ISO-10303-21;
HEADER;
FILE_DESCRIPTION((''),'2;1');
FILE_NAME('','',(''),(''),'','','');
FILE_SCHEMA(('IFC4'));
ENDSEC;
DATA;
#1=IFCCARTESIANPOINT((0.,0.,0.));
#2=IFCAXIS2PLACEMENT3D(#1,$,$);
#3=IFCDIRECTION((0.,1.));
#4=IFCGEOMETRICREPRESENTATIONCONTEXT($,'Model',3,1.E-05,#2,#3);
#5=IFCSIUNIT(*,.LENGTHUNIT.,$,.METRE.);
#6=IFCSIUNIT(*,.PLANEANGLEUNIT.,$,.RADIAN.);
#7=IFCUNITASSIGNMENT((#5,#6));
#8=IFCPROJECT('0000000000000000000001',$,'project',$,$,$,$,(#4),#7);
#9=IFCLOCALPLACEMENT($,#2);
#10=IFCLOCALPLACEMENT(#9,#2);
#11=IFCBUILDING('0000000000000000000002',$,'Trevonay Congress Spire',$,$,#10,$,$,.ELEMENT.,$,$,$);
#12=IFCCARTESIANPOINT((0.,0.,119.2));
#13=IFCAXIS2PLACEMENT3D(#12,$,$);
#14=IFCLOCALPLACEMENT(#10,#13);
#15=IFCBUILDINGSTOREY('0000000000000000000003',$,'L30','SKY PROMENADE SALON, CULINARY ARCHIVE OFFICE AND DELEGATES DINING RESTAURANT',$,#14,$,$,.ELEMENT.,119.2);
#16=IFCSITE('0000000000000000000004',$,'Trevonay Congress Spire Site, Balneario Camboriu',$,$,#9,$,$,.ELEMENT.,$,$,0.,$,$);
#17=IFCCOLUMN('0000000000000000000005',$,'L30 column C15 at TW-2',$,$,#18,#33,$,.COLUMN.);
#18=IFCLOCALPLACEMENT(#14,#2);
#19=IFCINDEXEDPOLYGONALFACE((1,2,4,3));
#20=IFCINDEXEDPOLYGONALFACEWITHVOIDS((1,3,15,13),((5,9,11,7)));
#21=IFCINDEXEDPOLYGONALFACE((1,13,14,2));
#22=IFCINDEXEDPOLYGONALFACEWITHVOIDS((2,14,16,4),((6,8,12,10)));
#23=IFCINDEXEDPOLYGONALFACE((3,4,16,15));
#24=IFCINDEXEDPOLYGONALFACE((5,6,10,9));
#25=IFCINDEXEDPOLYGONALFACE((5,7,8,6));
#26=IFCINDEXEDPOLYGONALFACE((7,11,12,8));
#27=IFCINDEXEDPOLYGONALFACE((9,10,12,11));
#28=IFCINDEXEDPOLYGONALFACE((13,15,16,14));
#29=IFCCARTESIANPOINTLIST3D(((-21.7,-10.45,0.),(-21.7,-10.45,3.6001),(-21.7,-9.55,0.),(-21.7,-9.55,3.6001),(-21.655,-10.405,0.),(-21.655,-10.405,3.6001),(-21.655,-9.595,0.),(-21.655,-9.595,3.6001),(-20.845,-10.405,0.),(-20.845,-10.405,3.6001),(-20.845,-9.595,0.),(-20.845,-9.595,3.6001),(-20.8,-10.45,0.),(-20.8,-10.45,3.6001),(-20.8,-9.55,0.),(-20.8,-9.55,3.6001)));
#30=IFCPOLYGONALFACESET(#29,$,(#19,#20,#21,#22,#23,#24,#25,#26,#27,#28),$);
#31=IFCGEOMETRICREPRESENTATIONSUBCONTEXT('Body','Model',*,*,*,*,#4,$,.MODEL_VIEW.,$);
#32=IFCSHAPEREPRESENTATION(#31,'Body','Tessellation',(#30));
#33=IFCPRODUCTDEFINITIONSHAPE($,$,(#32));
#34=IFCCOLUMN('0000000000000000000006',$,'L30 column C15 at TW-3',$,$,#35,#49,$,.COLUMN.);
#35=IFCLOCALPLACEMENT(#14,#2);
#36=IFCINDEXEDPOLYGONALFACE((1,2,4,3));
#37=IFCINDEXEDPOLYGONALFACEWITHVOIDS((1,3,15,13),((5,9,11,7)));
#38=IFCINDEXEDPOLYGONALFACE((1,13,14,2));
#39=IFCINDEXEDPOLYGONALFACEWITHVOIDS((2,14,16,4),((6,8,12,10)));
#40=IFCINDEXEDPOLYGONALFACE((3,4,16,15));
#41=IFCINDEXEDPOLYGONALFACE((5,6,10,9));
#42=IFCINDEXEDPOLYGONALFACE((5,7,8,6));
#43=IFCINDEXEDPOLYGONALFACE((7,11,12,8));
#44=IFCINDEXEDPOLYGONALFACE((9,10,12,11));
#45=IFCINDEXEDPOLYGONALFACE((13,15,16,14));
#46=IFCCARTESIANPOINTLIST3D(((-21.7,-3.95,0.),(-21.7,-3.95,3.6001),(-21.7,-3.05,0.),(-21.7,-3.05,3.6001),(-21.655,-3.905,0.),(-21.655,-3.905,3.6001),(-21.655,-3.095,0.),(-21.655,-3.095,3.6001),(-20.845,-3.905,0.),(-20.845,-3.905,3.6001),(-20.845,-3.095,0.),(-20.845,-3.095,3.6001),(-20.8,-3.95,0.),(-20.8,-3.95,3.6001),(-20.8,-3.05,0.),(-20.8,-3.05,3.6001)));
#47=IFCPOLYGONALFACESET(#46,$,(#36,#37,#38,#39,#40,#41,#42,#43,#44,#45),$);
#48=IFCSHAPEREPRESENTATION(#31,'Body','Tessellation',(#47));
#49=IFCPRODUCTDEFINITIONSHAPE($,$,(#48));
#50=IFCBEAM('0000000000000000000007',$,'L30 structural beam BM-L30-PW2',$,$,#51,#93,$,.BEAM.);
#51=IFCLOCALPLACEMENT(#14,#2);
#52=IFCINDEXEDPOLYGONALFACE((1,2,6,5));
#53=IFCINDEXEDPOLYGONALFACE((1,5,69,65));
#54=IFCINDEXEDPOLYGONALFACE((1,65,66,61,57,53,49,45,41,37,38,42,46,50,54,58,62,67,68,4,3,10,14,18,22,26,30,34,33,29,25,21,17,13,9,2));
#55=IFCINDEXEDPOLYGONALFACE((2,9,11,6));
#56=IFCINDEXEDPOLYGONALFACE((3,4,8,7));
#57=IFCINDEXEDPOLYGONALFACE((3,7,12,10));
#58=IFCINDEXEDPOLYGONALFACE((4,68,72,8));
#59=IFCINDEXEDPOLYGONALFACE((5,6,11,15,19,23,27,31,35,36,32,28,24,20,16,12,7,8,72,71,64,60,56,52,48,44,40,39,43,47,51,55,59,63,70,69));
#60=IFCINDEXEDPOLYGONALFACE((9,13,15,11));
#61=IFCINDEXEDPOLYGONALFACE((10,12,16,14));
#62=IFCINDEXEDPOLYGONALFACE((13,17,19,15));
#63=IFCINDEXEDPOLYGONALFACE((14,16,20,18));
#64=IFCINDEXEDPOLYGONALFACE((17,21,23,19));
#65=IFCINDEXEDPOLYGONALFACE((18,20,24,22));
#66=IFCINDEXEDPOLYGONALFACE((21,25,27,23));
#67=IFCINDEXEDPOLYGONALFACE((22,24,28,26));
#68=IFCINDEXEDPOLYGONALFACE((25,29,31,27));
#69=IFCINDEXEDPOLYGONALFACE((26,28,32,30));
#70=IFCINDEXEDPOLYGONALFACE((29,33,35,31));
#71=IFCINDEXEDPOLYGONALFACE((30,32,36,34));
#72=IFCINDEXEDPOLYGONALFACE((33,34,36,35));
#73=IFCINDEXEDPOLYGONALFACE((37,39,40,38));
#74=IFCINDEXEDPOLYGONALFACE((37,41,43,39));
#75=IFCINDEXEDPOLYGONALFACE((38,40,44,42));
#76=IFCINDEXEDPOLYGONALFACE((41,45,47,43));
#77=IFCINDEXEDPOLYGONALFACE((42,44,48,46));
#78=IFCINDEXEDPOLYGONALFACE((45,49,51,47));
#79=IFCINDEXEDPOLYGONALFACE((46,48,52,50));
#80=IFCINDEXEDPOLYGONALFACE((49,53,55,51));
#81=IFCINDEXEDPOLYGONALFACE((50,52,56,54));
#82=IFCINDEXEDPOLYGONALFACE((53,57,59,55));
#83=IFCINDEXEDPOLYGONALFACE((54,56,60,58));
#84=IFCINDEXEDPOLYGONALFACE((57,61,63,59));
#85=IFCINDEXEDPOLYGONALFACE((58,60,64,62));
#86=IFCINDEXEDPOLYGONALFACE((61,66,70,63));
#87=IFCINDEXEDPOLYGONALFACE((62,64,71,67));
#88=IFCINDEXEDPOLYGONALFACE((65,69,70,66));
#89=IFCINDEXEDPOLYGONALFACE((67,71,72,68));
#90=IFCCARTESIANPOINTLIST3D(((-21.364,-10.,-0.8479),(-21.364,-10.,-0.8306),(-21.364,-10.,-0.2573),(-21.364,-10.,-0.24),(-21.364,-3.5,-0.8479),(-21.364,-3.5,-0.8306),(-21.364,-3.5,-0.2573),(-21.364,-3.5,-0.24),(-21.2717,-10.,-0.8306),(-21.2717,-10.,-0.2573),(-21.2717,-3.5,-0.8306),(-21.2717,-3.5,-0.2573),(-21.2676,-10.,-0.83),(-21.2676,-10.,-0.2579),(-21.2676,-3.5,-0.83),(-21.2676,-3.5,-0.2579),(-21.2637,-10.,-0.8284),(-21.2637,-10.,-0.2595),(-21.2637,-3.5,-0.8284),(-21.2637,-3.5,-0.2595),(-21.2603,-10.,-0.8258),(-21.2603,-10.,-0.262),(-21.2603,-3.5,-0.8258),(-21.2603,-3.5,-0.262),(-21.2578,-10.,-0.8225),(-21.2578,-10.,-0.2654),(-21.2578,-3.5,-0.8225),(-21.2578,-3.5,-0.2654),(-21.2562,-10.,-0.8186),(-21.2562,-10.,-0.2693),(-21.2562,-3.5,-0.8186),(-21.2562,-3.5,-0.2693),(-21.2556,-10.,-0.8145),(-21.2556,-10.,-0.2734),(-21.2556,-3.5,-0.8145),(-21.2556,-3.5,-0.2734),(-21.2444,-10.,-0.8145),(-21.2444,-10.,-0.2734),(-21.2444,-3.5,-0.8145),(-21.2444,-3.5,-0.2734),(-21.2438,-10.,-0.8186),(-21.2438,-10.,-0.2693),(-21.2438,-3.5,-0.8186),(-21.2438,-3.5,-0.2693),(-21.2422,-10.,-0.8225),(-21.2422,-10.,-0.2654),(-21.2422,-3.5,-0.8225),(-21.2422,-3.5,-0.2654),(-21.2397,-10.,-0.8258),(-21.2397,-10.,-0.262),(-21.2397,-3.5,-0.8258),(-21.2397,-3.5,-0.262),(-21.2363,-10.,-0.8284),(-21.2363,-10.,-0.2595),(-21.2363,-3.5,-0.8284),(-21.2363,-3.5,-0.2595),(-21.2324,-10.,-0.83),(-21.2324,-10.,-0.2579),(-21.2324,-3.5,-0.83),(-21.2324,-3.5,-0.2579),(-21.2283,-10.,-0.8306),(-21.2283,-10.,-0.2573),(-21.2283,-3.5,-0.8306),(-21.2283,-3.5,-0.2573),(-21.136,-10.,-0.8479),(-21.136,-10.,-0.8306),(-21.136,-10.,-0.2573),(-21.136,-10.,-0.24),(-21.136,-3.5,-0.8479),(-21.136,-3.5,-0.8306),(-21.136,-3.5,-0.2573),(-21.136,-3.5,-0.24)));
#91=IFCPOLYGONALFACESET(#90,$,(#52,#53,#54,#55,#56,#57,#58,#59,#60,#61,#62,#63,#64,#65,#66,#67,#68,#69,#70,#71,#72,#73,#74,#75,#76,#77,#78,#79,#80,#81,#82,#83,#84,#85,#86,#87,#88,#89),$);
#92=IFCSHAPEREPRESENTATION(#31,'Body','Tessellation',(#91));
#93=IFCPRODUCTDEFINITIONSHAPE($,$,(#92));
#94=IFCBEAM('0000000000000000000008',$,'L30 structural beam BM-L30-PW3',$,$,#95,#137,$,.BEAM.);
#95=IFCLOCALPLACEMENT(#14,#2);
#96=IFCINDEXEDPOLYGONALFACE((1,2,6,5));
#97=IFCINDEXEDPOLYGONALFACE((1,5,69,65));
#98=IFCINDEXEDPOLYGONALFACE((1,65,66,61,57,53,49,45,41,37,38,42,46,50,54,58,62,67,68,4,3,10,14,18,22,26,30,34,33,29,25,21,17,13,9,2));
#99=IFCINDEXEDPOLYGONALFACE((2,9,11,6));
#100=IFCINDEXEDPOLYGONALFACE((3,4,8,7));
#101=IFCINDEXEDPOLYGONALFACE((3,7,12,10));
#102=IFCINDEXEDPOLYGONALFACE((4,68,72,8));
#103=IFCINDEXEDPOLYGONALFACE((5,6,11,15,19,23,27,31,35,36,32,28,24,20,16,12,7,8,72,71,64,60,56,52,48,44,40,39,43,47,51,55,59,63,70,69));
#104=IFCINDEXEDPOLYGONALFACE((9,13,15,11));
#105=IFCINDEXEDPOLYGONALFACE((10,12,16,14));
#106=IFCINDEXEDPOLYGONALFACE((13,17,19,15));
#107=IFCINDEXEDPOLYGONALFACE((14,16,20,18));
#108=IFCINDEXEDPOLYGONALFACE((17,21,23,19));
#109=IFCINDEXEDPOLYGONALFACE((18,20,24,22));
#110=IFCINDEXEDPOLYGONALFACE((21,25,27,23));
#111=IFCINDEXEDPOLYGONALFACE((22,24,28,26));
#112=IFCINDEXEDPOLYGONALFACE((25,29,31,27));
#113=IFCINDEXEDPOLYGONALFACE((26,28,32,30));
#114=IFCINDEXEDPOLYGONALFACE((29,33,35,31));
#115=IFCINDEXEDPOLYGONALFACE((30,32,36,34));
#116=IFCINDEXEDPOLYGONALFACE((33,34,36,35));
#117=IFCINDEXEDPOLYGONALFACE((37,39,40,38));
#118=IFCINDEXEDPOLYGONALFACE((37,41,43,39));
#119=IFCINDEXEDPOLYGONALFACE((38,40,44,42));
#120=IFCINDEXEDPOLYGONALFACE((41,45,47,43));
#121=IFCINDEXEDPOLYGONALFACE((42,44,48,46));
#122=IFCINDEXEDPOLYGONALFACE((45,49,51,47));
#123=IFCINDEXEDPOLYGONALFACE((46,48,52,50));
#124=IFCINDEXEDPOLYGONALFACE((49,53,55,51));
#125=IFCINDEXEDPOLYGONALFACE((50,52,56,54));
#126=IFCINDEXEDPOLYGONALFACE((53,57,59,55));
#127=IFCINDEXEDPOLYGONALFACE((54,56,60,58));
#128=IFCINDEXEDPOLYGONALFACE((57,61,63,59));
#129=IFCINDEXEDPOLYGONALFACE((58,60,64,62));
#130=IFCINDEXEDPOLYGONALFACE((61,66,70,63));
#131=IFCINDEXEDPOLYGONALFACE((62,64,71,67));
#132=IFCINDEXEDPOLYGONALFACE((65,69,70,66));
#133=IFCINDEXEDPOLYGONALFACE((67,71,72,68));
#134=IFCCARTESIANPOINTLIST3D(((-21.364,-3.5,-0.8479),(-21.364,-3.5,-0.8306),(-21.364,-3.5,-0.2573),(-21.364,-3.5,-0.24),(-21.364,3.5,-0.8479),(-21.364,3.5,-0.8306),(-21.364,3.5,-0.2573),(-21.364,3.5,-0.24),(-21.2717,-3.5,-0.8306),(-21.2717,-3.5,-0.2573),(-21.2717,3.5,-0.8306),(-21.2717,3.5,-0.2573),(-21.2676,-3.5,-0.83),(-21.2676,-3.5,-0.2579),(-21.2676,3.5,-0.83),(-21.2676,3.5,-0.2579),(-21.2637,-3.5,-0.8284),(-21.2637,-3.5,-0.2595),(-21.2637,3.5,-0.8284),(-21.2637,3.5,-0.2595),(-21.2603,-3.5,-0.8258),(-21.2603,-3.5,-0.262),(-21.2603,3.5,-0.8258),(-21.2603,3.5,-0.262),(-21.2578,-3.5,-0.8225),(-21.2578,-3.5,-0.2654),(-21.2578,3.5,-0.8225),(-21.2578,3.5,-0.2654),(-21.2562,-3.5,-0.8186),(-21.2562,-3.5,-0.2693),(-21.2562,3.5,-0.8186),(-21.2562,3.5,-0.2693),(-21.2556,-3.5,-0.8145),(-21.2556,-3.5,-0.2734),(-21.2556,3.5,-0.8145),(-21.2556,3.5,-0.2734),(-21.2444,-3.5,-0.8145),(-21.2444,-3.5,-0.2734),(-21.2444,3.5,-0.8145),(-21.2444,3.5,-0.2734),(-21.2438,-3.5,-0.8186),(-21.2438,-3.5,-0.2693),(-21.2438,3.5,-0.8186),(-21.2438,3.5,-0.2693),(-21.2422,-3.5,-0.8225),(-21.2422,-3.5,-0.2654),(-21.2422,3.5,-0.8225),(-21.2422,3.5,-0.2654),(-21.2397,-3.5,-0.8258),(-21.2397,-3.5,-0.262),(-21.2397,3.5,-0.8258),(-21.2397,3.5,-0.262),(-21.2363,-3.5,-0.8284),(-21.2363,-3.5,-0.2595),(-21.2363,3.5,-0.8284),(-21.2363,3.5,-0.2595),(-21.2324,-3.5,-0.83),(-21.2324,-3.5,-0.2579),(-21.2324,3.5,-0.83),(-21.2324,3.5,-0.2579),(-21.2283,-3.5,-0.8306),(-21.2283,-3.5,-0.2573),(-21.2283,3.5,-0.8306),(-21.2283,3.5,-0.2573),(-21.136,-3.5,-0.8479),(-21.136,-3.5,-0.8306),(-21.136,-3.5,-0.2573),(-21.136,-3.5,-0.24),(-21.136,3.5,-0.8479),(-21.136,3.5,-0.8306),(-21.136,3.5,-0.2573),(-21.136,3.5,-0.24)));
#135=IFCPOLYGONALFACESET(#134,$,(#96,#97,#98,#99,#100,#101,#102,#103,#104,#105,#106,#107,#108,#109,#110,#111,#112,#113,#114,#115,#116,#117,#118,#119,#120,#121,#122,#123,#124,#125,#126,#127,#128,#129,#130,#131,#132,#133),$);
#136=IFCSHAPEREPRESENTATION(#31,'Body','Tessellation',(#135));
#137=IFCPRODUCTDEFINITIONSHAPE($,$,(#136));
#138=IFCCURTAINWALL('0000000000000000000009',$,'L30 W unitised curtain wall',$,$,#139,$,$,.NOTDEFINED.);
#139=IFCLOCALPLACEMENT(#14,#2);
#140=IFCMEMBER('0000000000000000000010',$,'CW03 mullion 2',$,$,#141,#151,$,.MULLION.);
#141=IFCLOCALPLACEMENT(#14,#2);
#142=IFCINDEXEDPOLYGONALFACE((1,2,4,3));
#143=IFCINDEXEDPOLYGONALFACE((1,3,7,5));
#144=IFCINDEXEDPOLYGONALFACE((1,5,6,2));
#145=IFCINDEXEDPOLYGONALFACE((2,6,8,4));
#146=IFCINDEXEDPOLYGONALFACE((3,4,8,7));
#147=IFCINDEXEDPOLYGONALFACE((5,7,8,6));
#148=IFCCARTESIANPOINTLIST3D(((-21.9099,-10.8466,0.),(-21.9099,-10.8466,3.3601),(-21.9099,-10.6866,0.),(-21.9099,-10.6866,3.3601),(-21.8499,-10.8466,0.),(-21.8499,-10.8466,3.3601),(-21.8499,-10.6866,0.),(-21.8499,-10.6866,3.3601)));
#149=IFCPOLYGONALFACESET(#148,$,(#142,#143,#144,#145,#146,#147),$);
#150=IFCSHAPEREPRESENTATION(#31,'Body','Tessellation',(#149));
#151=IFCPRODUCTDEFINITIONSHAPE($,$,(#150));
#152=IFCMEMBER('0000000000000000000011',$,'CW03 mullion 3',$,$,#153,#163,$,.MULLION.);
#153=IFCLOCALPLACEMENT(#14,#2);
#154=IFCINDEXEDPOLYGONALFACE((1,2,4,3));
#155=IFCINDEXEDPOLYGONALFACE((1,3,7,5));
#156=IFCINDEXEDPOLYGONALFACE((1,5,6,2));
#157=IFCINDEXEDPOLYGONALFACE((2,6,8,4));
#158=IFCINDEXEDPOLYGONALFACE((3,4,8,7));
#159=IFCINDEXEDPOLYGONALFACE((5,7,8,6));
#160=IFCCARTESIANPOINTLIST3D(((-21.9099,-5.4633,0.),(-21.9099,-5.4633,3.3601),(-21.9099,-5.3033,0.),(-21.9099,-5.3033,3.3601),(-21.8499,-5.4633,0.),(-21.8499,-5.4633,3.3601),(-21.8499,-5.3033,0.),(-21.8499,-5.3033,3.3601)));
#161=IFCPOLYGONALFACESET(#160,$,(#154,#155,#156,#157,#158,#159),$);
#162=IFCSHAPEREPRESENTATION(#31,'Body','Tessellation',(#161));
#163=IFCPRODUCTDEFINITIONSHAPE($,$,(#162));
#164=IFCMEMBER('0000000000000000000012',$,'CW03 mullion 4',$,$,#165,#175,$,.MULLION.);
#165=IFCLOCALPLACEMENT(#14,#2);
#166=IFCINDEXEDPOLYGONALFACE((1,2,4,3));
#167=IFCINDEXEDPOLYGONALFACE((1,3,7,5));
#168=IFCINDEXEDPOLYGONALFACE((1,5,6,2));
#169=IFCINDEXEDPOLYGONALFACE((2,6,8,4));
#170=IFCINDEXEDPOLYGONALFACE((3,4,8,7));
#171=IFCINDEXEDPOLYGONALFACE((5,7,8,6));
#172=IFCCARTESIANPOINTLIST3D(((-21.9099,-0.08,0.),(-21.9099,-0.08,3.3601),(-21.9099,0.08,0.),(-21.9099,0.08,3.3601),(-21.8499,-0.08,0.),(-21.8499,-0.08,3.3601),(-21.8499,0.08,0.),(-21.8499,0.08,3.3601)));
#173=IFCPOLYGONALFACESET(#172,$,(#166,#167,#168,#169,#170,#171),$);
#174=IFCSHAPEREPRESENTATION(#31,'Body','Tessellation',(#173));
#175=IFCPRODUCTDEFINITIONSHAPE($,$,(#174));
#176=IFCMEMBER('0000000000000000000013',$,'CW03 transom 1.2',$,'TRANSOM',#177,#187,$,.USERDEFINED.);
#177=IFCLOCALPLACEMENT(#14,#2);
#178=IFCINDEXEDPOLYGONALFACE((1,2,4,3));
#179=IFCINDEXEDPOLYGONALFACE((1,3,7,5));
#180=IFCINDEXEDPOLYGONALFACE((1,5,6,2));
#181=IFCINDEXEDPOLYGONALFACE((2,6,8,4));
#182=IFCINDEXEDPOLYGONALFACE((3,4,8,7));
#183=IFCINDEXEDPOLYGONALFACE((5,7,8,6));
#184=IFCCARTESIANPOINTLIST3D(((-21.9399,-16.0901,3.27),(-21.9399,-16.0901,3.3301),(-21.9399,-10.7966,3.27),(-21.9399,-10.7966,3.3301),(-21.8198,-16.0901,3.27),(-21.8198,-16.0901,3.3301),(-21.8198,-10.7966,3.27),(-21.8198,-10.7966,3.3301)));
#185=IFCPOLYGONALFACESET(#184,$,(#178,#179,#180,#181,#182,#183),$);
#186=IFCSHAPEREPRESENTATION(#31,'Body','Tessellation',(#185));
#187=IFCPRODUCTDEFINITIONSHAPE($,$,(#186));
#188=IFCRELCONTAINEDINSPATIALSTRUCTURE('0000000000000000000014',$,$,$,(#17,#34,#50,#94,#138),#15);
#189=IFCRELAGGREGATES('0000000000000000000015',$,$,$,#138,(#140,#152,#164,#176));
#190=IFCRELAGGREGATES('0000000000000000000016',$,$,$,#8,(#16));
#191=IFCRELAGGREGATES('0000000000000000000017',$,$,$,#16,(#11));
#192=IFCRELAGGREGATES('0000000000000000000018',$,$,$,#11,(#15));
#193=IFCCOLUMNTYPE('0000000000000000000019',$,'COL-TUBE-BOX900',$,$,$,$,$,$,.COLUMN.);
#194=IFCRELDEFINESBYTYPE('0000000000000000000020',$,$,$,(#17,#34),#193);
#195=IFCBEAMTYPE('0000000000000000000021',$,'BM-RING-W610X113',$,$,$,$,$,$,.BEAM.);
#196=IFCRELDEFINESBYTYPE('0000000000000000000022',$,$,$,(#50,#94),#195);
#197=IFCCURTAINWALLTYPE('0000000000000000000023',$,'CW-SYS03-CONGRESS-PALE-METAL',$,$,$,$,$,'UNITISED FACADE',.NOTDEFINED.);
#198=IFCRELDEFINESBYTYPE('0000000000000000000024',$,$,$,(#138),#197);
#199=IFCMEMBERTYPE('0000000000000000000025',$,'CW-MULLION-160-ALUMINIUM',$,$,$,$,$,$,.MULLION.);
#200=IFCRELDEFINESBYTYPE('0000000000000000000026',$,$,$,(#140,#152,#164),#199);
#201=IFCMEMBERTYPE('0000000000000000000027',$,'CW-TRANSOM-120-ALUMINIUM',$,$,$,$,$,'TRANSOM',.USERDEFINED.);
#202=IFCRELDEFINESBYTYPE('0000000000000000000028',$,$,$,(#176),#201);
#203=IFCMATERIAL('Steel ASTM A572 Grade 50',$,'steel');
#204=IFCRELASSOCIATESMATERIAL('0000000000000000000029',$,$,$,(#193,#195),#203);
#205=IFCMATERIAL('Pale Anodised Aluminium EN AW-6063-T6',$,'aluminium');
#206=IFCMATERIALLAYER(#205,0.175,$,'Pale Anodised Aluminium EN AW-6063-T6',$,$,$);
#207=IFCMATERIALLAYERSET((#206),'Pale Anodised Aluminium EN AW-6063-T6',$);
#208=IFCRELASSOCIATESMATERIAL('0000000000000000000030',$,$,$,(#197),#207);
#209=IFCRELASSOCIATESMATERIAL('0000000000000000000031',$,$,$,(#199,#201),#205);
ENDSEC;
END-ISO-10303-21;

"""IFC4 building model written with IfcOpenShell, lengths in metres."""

from ifc_helpers import new_model, si_unit, direction, frame, origin, origin_2d, place, context, subcontext, project, spatial, rectangle, hollow_rectangle, i_section, extrude, material, layer, layer_set, material_profile, profile_set, type_object, element, aggregate, save


model = new_model("IFC4")

# Units and contexts
model_context = context("Model", 3, precision=1e-05, world=origin(), true_north=direction((0.0, 1.0)))
body_context = subcontext(model_context, "Body", "Model", "MODEL_VIEW")
ifc_project = project(units=[si_unit("LENGTHUNIT", "METRE"), si_unit("PLANEANGLEUNIT", "RADIAN")], contexts=[model_context])

# Site, building, storey
site_placement = place(None, origin())
site = spatial("IfcSite", under=ifc_project, at=site_placement, Name="Trevonay Congress Spire Site, Balneario Camboriu", CompositionType="ELEMENT", RefElevation=0.0)
building_placement = place(site_placement, origin())
building = spatial("IfcBuilding", under=site, at=building_placement, Name="Trevonay Congress Spire", CompositionType="ELEMENT")
storey_placement = place(building_placement, frame((0.0, 0.0, 119.2)))
storey = spatial("IfcBuildingStorey", under=building, at=storey_placement, Name="L30", Description="SKY PROMENADE SALON, CULINARY ARCHIVE OFFICE AND DELEGATES DINING RESTAURANT", CompositionType="ELEMENT", Elevation=119.2)

# Columns
ifc_material_1 = material(Name="Steel ASTM A572 Grade 50", Category="steel")
ifc_material_profile_1 = material_profile(ifc_material_1, hollow_rectangle(XDim=0.8999, YDim=0.8999, WallThickness=0.0449, at=origin_2d()), Name="BOX 900x900x45")
ifc_profile_set_1 = profile_set([ifc_material_profile_1], Name="Steel ASTM A572 Grade 50")
column_type = type_object("IfcColumnType", Name="COL-TUBE-BOX900", PredefinedType="COLUMN", material=ifc_profile_set_1)
for number, where, z_axis, x_axis, name in (
    (1, (-21.25, -10.0, 0.0), (0.0, 0.0, 1.0), (1.0, 0.0, 0.0), "L30 column C15 at TW-2"),
    (2, (-21.25, -3.5, 0.0), (0.0, 0.0, 1.0), (1.0, 0.0, 0.0), "L30 column C15 at TW-3"),
):
    element("IfcColumn", number, at=place(storey_placement, frame(where, z_axis=z_axis, x_axis=x_axis)), inside=storey, type_object=column_type, Name=name, PredefinedType="COLUMN", context=body_context, shape_type="SweptSolid", body=[
        extrude(hollow_rectangle(XDim=0.8999, YDim=0.8999, WallThickness=0.0449, at=origin_2d()), origin(), (0.0, 0.0, 1.0), 3.6001),
    ])

# Beams
ifc_material_profile_2 = material_profile(ifc_material_1, i_section(OverallWidth=0.228, OverallDepth=0.6079, WebThickness=0.0112, FlangeThickness=0.0173, FilletRadius=0.0161, at=origin_2d()), Name="W610x113")
ifc_profile_set_2 = profile_set([ifc_material_profile_2], Name="Steel ASTM A572 Grade 50")
beam_type_1 = type_object("IfcBeamType", Name="BM-RING-W610X113", PredefinedType="BEAM", material=ifc_profile_set_2)
beam_1_placement = place(storey_placement, frame((-21.25, -10.0, -0.5439), z_axis=(0.0, 1.0, 0.0), x_axis=(-1.0, 0.0, 0.0)))
element("IfcBeam", 3, at=beam_1_placement, inside=storey, type_object=beam_type_1, Name="L30 structural beam BM-L30-PW2", PredefinedType="BEAM", context=body_context, shape_type="SweptSolid", body=[
    extrude(i_section(OverallWidth=0.228, OverallDepth=0.6079, WebThickness=0.0112, FlangeThickness=0.0173, FilletRadius=0.0161, at=origin_2d()), origin(), (0.0, 0.0, 1.0), 6.5),
])
beam_2_placement = place(storey_placement, frame((-21.25, -3.5, -0.5439), z_axis=(0.0, 1.0, 0.0), x_axis=(-1.0, 0.0, 0.0)))
element("IfcBeam", 4, at=beam_2_placement, inside=storey, type_object=beam_type_1, Name="L30 structural beam BM-L30-PW3", PredefinedType="BEAM", context=body_context, shape_type="SweptSolid", body=[
    extrude(i_section(OverallWidth=0.228, OverallDepth=0.6079, WebThickness=0.0112, FlangeThickness=0.0173, FilletRadius=0.0161, at=origin_2d()), origin(), (0.0, 0.0, 1.0), 7.0),
])

# Curtain wall, members
ifc_material_2 = material(Name="Pale Anodised Aluminium EN AW-6063-T6", Category="aluminium")
ifc_layer_1 = layer(ifc_material_2, 0.175, Name="Pale Anodised Aluminium EN AW-6063-T6")
ifc_layer_set_1 = layer_set([ifc_layer_1], Name="Pale Anodised Aluminium EN AW-6063-T6")
curtain_wall_type = type_object("IfcCurtainWallType", Name="CW-SYS03-CONGRESS-PALE-METAL", ElementType="UNITISED FACADE", PredefinedType="NOTDEFINED", material=ifc_layer_set_1)
curtain_wall_placement = place(storey_placement, origin())
curtain_wall = element("IfcCurtainWall", 5, at=curtain_wall_placement, inside=storey, type_object=curtain_wall_type, Name="L30 W unitised curtain wall", PredefinedType="NOTDEFINED")
ifc_material_profile_3 = material_profile(ifc_material_2, rectangle(XDim=0.0601, YDim=0.1599, at=origin_2d()), Name="CW-MULLION-160-ALUMINIUM")
ifc_profile_set_3 = profile_set([ifc_material_profile_3], Name="Pale Anodised Aluminium EN AW-6063-T6")
member_type_1 = type_object("IfcMemberType", Name="CW-MULLION-160-ALUMINIUM", PredefinedType="MULLION", material=ifc_profile_set_3)
member_1_placement = place(storey_placement, frame((-21.8799, -10.7666, 0.0), z_axis=(0.0, 0.0, 1.0), x_axis=(-1.0, 0.0, 0.0)))
member_1 = element("IfcMember", 6, at=member_1_placement, type_object=member_type_1, Name="CW03 mullion 2", PredefinedType="MULLION", context=body_context, shape_type="SweptSolid", body=[
    extrude(rectangle(XDim=0.0601, YDim=0.1599, at=origin_2d()), origin(), (0.0, 0.0, 1.0), 3.3601),
])
member_2_placement = place(storey_placement, frame((-21.8799, -5.3833, 0.0), z_axis=(0.0, 0.0, 1.0), x_axis=(-1.0, 0.0, 0.0)))
member_2 = element("IfcMember", 7, at=member_2_placement, type_object=member_type_1, Name="CW03 mullion 3", PredefinedType="MULLION", context=body_context, shape_type="SweptSolid", body=[
    extrude(rectangle(XDim=0.0601, YDim=0.1599, at=origin_2d()), origin(), (0.0, 0.0, 1.0), 3.3601),
])
member_3_placement = place(storey_placement, frame((-21.8799, 0.0, 0.0), z_axis=(0.0, 0.0, 1.0), x_axis=(-1.0, 0.0, 0.0)))
member_3 = element("IfcMember", 8, at=member_3_placement, type_object=member_type_1, Name="CW03 mullion 4", PredefinedType="MULLION", context=body_context, shape_type="SweptSolid", body=[
    extrude(rectangle(XDim=0.0601, YDim=0.1599, at=origin_2d()), origin(), (0.0, 0.0, 1.0), 3.3601),
])
ifc_material_profile_4 = material_profile(ifc_material_2, rectangle(XDim=0.1201, YDim=0.0601, at=origin_2d()), Name="CW-TRANSOM-120-ALUMINIUM")
ifc_profile_set_4 = profile_set([ifc_material_profile_4], Name="Pale Anodised Aluminium EN AW-6063-T6")
member_type_2 = type_object("IfcMemberType", Name="CW-TRANSOM-120-ALUMINIUM", ElementType="TRANSOM", PredefinedType="USERDEFINED", material=ifc_profile_set_4)
member_4_placement = place(storey_placement, frame((-21.8799, -16.0901, 3.3), z_axis=(0.0, 1.0, 0.0), x_axis=(-1.0, 0.0, 0.0)))
member_4 = element("IfcMember", 9, at=member_4_placement, type_object=member_type_2, Name="CW03 transom 1.2", ObjectType="TRANSOM", PredefinedType="USERDEFINED", context=body_context, shape_type="SweptSolid", body=[
    extrude(rectangle(XDim=0.1201, YDim=0.0601, at=origin_2d()), origin(), (0.0, 0.0, 1.0), 5.2935),
])

aggregate(curtain_wall, [member_1, member_2, member_3, member_4])

save(model, "model.ifc")
